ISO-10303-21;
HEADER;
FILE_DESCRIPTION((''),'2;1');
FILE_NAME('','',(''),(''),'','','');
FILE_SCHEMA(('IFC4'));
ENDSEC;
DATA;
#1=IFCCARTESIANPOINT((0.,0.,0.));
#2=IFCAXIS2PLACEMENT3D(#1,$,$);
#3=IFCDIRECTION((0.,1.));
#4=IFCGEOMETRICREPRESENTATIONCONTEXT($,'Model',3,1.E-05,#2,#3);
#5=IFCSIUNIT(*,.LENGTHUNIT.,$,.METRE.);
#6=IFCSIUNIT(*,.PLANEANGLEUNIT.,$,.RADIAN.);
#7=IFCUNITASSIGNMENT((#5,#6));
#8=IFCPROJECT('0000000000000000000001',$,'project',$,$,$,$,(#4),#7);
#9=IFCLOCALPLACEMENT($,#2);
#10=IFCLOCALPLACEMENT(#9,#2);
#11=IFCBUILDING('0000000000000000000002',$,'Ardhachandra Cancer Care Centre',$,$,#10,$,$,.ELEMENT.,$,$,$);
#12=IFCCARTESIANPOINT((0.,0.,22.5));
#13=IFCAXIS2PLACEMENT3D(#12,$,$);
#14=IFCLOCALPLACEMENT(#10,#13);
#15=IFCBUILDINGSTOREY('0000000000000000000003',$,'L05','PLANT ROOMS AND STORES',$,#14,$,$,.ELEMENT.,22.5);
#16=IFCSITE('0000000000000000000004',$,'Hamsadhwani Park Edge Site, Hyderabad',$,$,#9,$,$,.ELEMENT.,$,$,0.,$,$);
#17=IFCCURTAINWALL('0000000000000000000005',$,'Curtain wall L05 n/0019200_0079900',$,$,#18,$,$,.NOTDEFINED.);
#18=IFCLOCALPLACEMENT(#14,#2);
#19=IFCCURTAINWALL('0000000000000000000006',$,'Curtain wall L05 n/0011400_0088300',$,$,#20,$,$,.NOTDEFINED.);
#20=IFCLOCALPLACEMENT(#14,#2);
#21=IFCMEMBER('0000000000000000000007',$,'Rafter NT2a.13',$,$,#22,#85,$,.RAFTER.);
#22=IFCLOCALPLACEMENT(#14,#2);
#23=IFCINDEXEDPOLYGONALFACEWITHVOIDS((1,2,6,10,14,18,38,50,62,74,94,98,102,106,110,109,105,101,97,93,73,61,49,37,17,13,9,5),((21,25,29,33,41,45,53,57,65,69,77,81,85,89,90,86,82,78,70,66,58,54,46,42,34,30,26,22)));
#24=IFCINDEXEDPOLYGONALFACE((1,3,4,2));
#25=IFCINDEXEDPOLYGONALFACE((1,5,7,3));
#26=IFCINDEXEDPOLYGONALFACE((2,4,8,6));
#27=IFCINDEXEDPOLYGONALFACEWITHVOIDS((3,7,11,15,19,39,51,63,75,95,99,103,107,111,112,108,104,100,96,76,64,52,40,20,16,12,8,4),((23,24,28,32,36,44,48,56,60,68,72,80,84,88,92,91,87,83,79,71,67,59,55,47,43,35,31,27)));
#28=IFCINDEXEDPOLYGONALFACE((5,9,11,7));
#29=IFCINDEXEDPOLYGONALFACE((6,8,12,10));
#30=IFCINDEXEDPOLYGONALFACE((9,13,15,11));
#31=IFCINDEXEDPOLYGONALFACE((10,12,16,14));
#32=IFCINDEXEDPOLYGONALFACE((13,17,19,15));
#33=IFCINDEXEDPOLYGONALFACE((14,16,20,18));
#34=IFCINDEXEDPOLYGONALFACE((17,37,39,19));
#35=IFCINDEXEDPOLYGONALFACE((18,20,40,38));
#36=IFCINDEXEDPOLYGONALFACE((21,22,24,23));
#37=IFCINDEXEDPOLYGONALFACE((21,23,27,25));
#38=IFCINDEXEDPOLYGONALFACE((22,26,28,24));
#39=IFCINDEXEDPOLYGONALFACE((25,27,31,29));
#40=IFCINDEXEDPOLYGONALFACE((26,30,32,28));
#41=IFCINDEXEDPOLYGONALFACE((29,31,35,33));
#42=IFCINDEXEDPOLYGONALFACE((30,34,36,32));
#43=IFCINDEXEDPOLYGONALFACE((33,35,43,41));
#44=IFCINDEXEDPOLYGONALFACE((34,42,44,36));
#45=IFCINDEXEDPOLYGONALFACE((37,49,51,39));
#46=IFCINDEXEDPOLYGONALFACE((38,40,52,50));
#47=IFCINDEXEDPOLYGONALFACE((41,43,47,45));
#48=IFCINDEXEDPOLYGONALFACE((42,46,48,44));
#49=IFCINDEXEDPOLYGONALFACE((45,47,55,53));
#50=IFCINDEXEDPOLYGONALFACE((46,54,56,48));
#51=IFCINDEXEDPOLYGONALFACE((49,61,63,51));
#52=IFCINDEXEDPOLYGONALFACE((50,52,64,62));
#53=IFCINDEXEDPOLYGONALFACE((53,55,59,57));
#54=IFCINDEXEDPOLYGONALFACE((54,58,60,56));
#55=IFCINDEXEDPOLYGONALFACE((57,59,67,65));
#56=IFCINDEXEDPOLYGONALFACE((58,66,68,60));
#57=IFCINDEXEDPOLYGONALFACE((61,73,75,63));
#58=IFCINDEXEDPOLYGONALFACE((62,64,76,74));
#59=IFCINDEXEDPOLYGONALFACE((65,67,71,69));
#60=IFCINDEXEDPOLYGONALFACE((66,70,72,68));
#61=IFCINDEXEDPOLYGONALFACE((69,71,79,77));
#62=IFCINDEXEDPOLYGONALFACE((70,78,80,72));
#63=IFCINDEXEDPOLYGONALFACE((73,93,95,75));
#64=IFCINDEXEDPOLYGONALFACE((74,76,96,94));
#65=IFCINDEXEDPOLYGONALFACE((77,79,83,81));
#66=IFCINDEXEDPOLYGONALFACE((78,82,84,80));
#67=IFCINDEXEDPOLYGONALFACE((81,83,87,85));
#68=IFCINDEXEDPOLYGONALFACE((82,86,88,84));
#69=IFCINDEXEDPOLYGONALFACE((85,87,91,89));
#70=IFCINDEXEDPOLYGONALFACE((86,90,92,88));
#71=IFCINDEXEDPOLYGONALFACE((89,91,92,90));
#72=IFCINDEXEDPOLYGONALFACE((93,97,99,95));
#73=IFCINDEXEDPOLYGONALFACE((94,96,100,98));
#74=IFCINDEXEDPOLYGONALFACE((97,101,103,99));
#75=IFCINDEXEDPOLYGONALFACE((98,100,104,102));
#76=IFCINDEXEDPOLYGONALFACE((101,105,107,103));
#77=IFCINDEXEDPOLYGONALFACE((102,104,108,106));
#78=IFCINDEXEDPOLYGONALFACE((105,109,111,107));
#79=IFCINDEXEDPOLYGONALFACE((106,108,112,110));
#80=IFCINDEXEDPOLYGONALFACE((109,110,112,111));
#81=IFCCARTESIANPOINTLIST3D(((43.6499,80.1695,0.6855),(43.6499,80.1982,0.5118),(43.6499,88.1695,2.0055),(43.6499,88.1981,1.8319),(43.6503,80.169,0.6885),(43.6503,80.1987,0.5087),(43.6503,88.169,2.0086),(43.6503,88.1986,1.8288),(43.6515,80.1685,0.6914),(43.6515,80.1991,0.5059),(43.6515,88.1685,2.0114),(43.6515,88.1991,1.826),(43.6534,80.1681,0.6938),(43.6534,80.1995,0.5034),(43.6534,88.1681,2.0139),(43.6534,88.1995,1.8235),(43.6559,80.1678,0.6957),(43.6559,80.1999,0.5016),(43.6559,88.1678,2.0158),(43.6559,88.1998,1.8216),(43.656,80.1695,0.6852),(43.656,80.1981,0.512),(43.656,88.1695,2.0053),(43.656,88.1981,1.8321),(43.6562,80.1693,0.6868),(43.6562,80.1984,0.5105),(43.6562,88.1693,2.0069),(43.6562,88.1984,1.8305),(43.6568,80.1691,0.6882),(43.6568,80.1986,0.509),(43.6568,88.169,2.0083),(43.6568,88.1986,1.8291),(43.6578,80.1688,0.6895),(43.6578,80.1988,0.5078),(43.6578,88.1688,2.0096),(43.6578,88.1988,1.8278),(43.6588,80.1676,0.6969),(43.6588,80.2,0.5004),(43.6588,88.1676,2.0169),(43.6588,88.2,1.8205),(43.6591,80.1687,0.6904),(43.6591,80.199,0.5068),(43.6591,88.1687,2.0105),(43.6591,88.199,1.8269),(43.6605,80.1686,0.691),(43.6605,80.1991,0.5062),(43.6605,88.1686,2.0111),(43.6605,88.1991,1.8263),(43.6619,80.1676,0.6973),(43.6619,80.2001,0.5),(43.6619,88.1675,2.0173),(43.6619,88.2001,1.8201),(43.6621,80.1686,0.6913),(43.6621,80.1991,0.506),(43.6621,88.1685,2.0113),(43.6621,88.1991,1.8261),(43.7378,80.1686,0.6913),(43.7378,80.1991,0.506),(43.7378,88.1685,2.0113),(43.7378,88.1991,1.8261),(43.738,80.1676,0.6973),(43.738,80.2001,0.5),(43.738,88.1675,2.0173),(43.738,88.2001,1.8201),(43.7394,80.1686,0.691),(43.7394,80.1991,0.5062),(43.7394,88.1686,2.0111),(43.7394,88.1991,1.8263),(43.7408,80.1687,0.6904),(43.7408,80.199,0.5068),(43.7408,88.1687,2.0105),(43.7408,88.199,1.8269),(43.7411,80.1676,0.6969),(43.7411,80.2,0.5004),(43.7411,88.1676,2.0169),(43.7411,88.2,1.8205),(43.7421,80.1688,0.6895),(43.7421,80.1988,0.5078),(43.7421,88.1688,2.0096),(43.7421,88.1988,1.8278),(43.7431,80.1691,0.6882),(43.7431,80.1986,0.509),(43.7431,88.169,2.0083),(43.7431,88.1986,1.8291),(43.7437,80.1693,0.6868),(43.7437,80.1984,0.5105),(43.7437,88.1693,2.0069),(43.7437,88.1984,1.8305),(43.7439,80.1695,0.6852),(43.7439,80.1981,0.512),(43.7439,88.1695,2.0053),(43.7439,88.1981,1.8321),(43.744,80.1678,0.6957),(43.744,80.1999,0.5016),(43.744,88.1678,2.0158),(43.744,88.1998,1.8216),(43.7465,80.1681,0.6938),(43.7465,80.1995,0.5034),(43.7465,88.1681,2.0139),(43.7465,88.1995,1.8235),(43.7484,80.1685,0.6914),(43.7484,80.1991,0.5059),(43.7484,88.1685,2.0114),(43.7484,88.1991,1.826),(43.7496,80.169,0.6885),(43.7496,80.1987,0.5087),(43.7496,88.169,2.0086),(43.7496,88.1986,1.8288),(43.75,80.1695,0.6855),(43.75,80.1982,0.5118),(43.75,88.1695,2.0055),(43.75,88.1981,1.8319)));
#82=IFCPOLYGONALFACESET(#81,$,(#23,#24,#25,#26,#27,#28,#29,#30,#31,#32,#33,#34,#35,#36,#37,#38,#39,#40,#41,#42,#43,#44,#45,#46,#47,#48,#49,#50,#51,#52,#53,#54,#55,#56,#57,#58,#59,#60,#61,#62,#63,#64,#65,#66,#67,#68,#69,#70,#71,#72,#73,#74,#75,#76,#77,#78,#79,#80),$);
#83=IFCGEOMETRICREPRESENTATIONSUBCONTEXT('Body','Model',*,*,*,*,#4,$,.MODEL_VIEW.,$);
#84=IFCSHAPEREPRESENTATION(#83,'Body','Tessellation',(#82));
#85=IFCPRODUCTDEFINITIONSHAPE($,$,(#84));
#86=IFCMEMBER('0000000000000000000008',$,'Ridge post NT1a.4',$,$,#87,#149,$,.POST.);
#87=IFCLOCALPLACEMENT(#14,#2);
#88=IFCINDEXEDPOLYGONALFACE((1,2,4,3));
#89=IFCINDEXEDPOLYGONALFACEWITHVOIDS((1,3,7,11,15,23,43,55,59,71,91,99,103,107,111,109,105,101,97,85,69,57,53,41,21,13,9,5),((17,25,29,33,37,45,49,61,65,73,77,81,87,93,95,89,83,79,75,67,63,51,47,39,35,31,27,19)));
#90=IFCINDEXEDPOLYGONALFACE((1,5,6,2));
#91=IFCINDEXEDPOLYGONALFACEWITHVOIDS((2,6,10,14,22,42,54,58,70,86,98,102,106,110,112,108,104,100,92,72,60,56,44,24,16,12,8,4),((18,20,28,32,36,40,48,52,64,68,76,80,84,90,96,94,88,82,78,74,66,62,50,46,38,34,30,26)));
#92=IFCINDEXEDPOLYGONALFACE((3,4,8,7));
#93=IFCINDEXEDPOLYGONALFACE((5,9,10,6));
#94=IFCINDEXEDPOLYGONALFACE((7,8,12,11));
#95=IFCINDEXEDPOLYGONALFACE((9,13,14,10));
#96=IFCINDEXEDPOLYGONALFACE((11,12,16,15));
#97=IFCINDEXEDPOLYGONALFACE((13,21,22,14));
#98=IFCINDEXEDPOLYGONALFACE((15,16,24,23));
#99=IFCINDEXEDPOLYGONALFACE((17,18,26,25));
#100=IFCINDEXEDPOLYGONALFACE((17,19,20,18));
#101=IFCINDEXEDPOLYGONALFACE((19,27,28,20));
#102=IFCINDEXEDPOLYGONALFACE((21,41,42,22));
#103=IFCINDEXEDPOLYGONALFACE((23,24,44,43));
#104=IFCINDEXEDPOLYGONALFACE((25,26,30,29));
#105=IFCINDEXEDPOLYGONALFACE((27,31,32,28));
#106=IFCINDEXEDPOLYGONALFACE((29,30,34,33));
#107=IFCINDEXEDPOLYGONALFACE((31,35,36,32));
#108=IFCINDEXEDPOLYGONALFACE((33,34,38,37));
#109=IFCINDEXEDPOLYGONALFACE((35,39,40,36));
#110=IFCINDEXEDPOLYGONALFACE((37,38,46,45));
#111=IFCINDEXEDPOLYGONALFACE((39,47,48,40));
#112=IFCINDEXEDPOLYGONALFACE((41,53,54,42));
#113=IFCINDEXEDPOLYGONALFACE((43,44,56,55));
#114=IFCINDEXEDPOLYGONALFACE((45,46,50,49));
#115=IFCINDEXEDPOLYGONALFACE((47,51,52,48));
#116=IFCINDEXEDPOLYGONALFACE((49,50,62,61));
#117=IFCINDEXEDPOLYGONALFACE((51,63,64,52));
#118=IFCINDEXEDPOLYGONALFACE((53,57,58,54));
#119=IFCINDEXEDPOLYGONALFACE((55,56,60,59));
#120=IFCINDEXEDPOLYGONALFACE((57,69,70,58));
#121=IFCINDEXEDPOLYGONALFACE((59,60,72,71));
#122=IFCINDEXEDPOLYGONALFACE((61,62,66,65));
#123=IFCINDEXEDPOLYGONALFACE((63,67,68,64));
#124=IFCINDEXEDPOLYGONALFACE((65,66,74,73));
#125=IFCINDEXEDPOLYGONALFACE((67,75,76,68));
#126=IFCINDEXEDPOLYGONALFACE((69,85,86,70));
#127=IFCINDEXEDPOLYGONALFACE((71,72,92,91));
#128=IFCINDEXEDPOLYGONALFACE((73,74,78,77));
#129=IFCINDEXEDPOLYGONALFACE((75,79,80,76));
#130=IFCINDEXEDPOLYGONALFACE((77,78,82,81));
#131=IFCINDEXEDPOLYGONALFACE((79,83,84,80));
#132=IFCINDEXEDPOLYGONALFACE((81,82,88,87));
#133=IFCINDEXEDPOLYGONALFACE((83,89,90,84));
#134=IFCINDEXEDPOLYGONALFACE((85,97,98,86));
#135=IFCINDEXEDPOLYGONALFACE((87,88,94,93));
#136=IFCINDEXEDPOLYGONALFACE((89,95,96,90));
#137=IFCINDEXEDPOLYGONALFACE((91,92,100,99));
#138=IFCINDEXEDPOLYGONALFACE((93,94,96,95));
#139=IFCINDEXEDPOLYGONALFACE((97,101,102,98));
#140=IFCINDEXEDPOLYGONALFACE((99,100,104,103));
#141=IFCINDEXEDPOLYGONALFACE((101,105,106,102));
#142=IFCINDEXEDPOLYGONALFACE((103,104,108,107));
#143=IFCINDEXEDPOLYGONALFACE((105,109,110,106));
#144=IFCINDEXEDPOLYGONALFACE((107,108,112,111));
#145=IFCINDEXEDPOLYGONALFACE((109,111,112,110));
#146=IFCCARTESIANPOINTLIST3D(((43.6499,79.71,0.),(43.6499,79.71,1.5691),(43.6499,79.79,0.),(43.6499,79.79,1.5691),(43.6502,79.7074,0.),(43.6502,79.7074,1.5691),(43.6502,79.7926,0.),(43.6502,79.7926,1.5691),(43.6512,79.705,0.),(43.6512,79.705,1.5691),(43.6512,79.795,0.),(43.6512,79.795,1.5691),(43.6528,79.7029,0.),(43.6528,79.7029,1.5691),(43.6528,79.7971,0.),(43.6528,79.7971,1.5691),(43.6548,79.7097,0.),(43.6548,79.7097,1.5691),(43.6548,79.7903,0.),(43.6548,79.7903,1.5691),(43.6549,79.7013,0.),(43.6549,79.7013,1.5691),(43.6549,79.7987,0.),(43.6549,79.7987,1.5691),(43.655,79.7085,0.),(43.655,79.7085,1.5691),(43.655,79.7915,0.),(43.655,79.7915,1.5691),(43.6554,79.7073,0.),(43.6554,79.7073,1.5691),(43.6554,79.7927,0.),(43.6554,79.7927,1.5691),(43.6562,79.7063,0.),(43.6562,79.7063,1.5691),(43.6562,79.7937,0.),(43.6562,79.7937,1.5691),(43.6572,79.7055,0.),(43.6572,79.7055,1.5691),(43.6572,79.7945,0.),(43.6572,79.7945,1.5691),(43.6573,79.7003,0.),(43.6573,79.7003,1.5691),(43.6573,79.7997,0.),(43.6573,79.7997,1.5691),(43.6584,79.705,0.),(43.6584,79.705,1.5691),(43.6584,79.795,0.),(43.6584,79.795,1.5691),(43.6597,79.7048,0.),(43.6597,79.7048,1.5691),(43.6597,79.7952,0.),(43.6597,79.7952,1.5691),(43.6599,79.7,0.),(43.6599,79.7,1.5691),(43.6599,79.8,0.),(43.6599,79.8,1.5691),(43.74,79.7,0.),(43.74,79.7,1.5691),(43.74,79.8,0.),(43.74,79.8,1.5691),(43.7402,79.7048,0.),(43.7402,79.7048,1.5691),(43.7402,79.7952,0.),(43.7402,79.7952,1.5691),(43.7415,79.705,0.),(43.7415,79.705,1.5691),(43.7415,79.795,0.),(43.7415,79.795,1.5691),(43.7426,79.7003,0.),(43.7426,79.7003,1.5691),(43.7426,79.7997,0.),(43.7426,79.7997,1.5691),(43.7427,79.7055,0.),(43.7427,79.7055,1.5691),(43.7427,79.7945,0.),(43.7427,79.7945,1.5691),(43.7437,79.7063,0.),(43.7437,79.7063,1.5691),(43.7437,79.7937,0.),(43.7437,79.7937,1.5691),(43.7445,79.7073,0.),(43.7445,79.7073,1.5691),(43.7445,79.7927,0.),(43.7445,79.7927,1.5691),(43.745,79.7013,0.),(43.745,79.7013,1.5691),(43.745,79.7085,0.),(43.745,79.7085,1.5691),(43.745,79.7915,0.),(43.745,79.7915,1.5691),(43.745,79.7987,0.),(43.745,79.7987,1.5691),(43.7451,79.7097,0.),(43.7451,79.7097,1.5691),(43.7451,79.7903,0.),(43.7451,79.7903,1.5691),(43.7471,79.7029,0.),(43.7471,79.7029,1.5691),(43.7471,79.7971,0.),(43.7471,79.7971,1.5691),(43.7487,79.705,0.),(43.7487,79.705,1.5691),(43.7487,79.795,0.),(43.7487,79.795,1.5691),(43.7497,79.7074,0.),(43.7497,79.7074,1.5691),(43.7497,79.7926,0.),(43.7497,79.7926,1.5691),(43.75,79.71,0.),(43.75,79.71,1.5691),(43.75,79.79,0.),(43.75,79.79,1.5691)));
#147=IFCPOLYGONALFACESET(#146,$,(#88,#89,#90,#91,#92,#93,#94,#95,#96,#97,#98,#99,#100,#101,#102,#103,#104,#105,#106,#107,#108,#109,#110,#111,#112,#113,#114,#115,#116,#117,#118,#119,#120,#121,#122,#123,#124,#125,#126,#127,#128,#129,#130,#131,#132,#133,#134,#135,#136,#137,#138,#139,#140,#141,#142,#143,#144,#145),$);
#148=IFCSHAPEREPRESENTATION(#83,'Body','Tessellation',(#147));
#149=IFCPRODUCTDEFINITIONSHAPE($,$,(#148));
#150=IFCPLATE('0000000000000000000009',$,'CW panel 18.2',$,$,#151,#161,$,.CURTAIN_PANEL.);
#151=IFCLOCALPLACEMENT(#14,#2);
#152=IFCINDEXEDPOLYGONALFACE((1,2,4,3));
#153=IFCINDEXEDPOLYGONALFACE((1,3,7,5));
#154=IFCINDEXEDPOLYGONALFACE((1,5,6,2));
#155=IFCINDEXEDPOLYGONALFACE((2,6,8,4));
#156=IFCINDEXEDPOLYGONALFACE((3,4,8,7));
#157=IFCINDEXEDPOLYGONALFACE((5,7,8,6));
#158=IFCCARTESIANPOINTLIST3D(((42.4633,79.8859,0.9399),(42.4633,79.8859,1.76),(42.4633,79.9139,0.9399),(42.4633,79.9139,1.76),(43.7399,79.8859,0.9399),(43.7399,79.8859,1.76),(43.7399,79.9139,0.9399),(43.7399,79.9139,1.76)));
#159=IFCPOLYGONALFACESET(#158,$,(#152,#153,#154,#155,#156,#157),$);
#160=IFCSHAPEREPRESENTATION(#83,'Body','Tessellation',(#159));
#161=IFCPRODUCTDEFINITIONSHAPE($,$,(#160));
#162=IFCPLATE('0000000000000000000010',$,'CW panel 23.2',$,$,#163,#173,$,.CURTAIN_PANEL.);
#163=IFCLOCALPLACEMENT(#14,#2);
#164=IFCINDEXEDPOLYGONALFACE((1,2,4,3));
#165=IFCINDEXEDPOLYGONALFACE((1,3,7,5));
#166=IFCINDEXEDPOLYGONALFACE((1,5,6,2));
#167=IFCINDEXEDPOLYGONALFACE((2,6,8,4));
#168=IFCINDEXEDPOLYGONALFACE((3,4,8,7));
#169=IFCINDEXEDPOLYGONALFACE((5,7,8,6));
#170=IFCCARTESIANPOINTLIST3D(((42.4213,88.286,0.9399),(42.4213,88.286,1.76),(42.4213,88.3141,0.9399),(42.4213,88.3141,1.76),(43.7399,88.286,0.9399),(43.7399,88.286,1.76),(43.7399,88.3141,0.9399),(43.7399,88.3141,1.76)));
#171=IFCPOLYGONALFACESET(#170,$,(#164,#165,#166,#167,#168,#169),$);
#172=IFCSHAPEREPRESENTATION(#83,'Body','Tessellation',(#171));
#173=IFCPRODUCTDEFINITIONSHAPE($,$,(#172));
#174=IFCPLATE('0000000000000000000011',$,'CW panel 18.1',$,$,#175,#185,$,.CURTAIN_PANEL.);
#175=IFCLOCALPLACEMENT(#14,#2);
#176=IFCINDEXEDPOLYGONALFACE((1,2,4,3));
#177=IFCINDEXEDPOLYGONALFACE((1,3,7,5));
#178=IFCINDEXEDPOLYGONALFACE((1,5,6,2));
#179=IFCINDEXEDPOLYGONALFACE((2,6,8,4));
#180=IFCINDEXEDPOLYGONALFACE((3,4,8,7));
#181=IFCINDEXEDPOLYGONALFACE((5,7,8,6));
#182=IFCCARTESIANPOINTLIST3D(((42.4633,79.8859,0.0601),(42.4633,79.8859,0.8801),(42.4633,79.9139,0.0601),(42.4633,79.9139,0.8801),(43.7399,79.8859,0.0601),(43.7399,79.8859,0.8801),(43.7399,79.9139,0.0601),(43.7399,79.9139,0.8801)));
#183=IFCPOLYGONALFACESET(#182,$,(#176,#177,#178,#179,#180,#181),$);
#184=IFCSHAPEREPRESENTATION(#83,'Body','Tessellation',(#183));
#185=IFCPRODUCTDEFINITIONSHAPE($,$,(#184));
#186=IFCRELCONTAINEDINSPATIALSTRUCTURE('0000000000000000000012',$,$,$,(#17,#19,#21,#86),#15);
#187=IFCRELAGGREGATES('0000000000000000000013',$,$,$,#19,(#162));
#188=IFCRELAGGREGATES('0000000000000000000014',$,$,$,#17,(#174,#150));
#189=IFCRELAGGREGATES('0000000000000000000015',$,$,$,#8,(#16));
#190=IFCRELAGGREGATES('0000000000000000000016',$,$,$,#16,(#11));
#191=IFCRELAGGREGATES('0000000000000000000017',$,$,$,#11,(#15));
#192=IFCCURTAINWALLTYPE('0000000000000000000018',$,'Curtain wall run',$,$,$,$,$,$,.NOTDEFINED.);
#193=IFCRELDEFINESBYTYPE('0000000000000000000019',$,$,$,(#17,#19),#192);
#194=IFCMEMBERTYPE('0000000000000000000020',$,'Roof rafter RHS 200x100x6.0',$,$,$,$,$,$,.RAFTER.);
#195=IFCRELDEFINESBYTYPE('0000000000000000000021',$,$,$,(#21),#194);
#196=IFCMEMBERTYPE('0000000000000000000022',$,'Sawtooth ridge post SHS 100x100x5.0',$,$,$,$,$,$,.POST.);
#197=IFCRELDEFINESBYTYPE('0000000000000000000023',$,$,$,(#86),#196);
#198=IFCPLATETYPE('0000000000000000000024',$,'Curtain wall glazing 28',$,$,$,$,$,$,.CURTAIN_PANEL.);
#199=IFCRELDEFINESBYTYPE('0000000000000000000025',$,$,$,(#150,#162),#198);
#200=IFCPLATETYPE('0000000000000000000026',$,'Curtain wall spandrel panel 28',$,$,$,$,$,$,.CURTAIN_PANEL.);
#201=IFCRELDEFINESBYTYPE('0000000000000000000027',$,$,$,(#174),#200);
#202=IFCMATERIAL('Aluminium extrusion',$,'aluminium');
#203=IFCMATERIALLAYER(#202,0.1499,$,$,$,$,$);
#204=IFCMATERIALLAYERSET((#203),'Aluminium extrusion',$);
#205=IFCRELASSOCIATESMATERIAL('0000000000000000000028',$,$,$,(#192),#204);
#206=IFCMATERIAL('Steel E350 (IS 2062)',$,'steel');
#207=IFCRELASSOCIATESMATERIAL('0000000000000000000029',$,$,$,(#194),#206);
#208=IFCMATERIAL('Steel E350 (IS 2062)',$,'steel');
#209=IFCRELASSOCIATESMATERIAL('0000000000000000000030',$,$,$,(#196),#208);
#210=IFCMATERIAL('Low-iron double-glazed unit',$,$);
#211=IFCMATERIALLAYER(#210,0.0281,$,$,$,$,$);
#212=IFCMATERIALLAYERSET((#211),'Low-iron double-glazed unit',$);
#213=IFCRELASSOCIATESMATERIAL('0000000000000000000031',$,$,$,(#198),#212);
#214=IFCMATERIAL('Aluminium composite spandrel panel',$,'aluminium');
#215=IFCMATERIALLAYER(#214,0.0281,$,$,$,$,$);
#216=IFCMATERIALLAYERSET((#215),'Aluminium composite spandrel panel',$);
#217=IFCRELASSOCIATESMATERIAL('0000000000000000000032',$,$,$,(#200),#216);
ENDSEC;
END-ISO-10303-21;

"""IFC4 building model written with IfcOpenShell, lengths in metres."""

from ifc_helpers import new_model, si_unit, direction, frame, origin, origin_2d, place, context, subcontext, project, spatial, rectangle, hollow_rectangle, extrude, material, layer, layer_set, material_profile, profile_set, type_object, element, aggregate, save


model = new_model("IFC4")

# Units and contexts
model_context = context("Model", 3, precision=1e-05, world=origin(), true_north=direction((0.0, 1.0)))
body_context = subcontext(model_context, "Body", "Model", "MODEL_VIEW")
ifc_project = project(units=[si_unit("LENGTHUNIT", "METRE"), si_unit("PLANEANGLEUNIT", "RADIAN")], contexts=[model_context])

# Site, building, storey
site_placement = place(None, origin())
site = spatial("IfcSite", under=ifc_project, at=site_placement, Name="Hamsadhwani Park Edge Site, Hyderabad", CompositionType="ELEMENT", RefElevation=0.0)
building_placement = place(site_placement, origin())
building = spatial("IfcBuilding", under=site, at=building_placement, Name="Ardhachandra Cancer Care Centre", CompositionType="ELEMENT")
storey_placement = place(building_placement, frame((0.0, 0.0, 22.5)))
storey = spatial("IfcBuildingStorey", under=building, at=storey_placement, Name="L05", Description="PLANT ROOMS AND STORES", CompositionType="ELEMENT", Elevation=22.5)

# Curtain walls
ifc_material_1 = material(Name="Aluminium extrusion", Category="aluminium")
ifc_layer_1 = layer(ifc_material_1, 0.1499)
ifc_layer_set_1 = layer_set([ifc_layer_1], Name="Aluminium extrusion")
curtain_wall_type = type_object("IfcCurtainWallType", Name="Curtain wall run", PredefinedType="NOTDEFINED", material=ifc_layer_set_1)
curtain_wall_1_placement = place(storey_placement, origin())
curtain_wall_1 = element("IfcCurtainWall", 1, at=curtain_wall_1_placement, inside=storey, type_object=curtain_wall_type, Name="Curtain wall L05 n/0019200_0079900", PredefinedType="NOTDEFINED")
curtain_wall_2_placement = place(storey_placement, origin())
curtain_wall_2 = element("IfcCurtainWall", 2, at=curtain_wall_2_placement, inside=storey, type_object=curtain_wall_type, Name="Curtain wall L05 n/0011400_0088300", PredefinedType="NOTDEFINED")

# Members
ifc_material_2 = material(Name="Steel E350 (IS 2062)", Category="steel")
ifc_material_profile_1 = material_profile(ifc_material_2, hollow_rectangle(XDim=0.1001, YDim=0.2, WallThickness=0.0061, InnerFilletRadius=0.0061, OuterFilletRadius=0.012, at=origin_2d()), Name="RHS 200x100x6.0")
ifc_profile_set_1 = profile_set([ifc_material_profile_1], Name="Steel E350 (IS 2062)")
member_type_1 = type_object("IfcMemberType", Name="Roof rafter RHS 200x100x6.0", PredefinedType="RAFTER", material=ifc_profile_set_1)
member_1_placement = place(storey_placement, frame((43.7, 80.1838, 0.5986), z_axis=(0.0, 0.986658, 0.162807), x_axis=(-1.0, 0.0, 0.0)))
element("IfcMember", 3, at=member_1_placement, inside=storey, type_object=member_type_1, Name="Rafter NT2a.13", PredefinedType="RAFTER", context=body_context, shape_type="SweptSolid", body=[
    extrude(hollow_rectangle(XDim=0.1001, YDim=0.2, WallThickness=0.0061, InnerFilletRadius=0.0061, OuterFilletRadius=0.012, at=origin_2d()), origin(), (0.0, 0.0, 1.0), 8.1082),
])
ifc_material_3 = material(Name="Steel E350 (IS 2062)", Category="steel")
ifc_material_profile_2 = material_profile(ifc_material_3, hollow_rectangle(XDim=0.1001, YDim=0.1001, WallThickness=0.0049, InnerFilletRadius=0.0049, OuterFilletRadius=0.01, at=origin_2d()), Name="SHS 100x100x5.0")
ifc_profile_set_2 = profile_set([ifc_material_profile_2], Name="Steel E350 (IS 2062)")
member_type_2 = type_object("IfcMemberType", Name="Sawtooth ridge post SHS 100x100x5.0", PredefinedType="POST", material=ifc_profile_set_2)
member_2_placement = place(storey_placement, frame((43.7, 79.75, 0.0), z_axis=(0.0, 0.0, 1.0), x_axis=(1.0, 0.0, 0.0)))
element("IfcMember", 4, at=member_2_placement, inside=storey, type_object=member_type_2, Name="Ridge post NT1a.4", PredefinedType="POST", context=body_context, shape_type="SweptSolid", body=[
    extrude(hollow_rectangle(XDim=0.1001, YDim=0.1001, WallThickness=0.0049, InnerFilletRadius=0.0049, OuterFilletRadius=0.01, at=origin_2d()), origin(), (0.0, 0.0, 1.0), 1.5691),
])

# Plates
ifc_material_4 = material(Name="Low-iron double-glazed unit")
ifc_layer_2 = layer(ifc_material_4, 0.0281)
ifc_layer_set_2 = layer_set([ifc_layer_2], Name="Low-iron double-glazed unit")
plate_type_1 = type_object("IfcPlateType", Name="Curtain wall glazing 28", PredefinedType="CURTAIN_PANEL", material=ifc_layer_set_2)
plate_1_placement = place(storey_placement, frame((43.1016, 79.8999, 0.9399), z_axis=(0.0, 0.0, 1.0), x_axis=(1.0, 0.0, 0.0)))
plate_1 = element("IfcPlate", 5, at=plate_1_placement, type_object=plate_type_1, Name="CW panel 18.2", PredefinedType="CURTAIN_PANEL", context=body_context, shape_type="SweptSolid", body=[
    extrude(rectangle(XDim=1.2766, YDim=0.0281, at=origin_2d()), origin(), (0.0, 0.0, 1.0), 0.8201),
])
plate_2_placement = place(storey_placement, frame((43.0806, 88.3, 0.9399), z_axis=(0.0, 0.0, 1.0), x_axis=(1.0, 0.0, 0.0)))
plate_2 = element("IfcPlate", 6, at=plate_2_placement, type_object=plate_type_1, Name="CW panel 23.2", PredefinedType="CURTAIN_PANEL", context=body_context, shape_type="SweptSolid", body=[
    extrude(rectangle(XDim=1.3186, YDim=0.0281, at=origin_2d()), origin(), (0.0, 0.0, 1.0), 0.8201),
])
aggregate(curtain_wall_2, [plate_2])
ifc_material_5 = material(Name="Aluminium composite spandrel panel", Category="aluminium")
ifc_layer_3 = layer(ifc_material_5, 0.0281)
ifc_layer_set_3 = layer_set([ifc_layer_3], Name="Aluminium composite spandrel panel")
plate_type_2 = type_object("IfcPlateType", Name="Curtain wall spandrel panel 28", PredefinedType="CURTAIN_PANEL", material=ifc_layer_set_3)
plate_3_placement = place(storey_placement, frame((43.1016, 79.8999, 0.0601), z_axis=(0.0, 0.0, 1.0), x_axis=(1.0, 0.0, 0.0)))
plate_3 = element("IfcPlate", 7, at=plate_3_placement, type_object=plate_type_2, Name="CW panel 18.1", PredefinedType="CURTAIN_PANEL", context=body_context, shape_type="SweptSolid", body=[
    extrude(rectangle(XDim=1.2766, YDim=0.0281, at=origin_2d()), origin(), (0.0, 0.0, 1.0), 0.8201),
])
aggregate(curtain_wall_1, [plate_3, plate_1])

save(model, "model.ifc")
